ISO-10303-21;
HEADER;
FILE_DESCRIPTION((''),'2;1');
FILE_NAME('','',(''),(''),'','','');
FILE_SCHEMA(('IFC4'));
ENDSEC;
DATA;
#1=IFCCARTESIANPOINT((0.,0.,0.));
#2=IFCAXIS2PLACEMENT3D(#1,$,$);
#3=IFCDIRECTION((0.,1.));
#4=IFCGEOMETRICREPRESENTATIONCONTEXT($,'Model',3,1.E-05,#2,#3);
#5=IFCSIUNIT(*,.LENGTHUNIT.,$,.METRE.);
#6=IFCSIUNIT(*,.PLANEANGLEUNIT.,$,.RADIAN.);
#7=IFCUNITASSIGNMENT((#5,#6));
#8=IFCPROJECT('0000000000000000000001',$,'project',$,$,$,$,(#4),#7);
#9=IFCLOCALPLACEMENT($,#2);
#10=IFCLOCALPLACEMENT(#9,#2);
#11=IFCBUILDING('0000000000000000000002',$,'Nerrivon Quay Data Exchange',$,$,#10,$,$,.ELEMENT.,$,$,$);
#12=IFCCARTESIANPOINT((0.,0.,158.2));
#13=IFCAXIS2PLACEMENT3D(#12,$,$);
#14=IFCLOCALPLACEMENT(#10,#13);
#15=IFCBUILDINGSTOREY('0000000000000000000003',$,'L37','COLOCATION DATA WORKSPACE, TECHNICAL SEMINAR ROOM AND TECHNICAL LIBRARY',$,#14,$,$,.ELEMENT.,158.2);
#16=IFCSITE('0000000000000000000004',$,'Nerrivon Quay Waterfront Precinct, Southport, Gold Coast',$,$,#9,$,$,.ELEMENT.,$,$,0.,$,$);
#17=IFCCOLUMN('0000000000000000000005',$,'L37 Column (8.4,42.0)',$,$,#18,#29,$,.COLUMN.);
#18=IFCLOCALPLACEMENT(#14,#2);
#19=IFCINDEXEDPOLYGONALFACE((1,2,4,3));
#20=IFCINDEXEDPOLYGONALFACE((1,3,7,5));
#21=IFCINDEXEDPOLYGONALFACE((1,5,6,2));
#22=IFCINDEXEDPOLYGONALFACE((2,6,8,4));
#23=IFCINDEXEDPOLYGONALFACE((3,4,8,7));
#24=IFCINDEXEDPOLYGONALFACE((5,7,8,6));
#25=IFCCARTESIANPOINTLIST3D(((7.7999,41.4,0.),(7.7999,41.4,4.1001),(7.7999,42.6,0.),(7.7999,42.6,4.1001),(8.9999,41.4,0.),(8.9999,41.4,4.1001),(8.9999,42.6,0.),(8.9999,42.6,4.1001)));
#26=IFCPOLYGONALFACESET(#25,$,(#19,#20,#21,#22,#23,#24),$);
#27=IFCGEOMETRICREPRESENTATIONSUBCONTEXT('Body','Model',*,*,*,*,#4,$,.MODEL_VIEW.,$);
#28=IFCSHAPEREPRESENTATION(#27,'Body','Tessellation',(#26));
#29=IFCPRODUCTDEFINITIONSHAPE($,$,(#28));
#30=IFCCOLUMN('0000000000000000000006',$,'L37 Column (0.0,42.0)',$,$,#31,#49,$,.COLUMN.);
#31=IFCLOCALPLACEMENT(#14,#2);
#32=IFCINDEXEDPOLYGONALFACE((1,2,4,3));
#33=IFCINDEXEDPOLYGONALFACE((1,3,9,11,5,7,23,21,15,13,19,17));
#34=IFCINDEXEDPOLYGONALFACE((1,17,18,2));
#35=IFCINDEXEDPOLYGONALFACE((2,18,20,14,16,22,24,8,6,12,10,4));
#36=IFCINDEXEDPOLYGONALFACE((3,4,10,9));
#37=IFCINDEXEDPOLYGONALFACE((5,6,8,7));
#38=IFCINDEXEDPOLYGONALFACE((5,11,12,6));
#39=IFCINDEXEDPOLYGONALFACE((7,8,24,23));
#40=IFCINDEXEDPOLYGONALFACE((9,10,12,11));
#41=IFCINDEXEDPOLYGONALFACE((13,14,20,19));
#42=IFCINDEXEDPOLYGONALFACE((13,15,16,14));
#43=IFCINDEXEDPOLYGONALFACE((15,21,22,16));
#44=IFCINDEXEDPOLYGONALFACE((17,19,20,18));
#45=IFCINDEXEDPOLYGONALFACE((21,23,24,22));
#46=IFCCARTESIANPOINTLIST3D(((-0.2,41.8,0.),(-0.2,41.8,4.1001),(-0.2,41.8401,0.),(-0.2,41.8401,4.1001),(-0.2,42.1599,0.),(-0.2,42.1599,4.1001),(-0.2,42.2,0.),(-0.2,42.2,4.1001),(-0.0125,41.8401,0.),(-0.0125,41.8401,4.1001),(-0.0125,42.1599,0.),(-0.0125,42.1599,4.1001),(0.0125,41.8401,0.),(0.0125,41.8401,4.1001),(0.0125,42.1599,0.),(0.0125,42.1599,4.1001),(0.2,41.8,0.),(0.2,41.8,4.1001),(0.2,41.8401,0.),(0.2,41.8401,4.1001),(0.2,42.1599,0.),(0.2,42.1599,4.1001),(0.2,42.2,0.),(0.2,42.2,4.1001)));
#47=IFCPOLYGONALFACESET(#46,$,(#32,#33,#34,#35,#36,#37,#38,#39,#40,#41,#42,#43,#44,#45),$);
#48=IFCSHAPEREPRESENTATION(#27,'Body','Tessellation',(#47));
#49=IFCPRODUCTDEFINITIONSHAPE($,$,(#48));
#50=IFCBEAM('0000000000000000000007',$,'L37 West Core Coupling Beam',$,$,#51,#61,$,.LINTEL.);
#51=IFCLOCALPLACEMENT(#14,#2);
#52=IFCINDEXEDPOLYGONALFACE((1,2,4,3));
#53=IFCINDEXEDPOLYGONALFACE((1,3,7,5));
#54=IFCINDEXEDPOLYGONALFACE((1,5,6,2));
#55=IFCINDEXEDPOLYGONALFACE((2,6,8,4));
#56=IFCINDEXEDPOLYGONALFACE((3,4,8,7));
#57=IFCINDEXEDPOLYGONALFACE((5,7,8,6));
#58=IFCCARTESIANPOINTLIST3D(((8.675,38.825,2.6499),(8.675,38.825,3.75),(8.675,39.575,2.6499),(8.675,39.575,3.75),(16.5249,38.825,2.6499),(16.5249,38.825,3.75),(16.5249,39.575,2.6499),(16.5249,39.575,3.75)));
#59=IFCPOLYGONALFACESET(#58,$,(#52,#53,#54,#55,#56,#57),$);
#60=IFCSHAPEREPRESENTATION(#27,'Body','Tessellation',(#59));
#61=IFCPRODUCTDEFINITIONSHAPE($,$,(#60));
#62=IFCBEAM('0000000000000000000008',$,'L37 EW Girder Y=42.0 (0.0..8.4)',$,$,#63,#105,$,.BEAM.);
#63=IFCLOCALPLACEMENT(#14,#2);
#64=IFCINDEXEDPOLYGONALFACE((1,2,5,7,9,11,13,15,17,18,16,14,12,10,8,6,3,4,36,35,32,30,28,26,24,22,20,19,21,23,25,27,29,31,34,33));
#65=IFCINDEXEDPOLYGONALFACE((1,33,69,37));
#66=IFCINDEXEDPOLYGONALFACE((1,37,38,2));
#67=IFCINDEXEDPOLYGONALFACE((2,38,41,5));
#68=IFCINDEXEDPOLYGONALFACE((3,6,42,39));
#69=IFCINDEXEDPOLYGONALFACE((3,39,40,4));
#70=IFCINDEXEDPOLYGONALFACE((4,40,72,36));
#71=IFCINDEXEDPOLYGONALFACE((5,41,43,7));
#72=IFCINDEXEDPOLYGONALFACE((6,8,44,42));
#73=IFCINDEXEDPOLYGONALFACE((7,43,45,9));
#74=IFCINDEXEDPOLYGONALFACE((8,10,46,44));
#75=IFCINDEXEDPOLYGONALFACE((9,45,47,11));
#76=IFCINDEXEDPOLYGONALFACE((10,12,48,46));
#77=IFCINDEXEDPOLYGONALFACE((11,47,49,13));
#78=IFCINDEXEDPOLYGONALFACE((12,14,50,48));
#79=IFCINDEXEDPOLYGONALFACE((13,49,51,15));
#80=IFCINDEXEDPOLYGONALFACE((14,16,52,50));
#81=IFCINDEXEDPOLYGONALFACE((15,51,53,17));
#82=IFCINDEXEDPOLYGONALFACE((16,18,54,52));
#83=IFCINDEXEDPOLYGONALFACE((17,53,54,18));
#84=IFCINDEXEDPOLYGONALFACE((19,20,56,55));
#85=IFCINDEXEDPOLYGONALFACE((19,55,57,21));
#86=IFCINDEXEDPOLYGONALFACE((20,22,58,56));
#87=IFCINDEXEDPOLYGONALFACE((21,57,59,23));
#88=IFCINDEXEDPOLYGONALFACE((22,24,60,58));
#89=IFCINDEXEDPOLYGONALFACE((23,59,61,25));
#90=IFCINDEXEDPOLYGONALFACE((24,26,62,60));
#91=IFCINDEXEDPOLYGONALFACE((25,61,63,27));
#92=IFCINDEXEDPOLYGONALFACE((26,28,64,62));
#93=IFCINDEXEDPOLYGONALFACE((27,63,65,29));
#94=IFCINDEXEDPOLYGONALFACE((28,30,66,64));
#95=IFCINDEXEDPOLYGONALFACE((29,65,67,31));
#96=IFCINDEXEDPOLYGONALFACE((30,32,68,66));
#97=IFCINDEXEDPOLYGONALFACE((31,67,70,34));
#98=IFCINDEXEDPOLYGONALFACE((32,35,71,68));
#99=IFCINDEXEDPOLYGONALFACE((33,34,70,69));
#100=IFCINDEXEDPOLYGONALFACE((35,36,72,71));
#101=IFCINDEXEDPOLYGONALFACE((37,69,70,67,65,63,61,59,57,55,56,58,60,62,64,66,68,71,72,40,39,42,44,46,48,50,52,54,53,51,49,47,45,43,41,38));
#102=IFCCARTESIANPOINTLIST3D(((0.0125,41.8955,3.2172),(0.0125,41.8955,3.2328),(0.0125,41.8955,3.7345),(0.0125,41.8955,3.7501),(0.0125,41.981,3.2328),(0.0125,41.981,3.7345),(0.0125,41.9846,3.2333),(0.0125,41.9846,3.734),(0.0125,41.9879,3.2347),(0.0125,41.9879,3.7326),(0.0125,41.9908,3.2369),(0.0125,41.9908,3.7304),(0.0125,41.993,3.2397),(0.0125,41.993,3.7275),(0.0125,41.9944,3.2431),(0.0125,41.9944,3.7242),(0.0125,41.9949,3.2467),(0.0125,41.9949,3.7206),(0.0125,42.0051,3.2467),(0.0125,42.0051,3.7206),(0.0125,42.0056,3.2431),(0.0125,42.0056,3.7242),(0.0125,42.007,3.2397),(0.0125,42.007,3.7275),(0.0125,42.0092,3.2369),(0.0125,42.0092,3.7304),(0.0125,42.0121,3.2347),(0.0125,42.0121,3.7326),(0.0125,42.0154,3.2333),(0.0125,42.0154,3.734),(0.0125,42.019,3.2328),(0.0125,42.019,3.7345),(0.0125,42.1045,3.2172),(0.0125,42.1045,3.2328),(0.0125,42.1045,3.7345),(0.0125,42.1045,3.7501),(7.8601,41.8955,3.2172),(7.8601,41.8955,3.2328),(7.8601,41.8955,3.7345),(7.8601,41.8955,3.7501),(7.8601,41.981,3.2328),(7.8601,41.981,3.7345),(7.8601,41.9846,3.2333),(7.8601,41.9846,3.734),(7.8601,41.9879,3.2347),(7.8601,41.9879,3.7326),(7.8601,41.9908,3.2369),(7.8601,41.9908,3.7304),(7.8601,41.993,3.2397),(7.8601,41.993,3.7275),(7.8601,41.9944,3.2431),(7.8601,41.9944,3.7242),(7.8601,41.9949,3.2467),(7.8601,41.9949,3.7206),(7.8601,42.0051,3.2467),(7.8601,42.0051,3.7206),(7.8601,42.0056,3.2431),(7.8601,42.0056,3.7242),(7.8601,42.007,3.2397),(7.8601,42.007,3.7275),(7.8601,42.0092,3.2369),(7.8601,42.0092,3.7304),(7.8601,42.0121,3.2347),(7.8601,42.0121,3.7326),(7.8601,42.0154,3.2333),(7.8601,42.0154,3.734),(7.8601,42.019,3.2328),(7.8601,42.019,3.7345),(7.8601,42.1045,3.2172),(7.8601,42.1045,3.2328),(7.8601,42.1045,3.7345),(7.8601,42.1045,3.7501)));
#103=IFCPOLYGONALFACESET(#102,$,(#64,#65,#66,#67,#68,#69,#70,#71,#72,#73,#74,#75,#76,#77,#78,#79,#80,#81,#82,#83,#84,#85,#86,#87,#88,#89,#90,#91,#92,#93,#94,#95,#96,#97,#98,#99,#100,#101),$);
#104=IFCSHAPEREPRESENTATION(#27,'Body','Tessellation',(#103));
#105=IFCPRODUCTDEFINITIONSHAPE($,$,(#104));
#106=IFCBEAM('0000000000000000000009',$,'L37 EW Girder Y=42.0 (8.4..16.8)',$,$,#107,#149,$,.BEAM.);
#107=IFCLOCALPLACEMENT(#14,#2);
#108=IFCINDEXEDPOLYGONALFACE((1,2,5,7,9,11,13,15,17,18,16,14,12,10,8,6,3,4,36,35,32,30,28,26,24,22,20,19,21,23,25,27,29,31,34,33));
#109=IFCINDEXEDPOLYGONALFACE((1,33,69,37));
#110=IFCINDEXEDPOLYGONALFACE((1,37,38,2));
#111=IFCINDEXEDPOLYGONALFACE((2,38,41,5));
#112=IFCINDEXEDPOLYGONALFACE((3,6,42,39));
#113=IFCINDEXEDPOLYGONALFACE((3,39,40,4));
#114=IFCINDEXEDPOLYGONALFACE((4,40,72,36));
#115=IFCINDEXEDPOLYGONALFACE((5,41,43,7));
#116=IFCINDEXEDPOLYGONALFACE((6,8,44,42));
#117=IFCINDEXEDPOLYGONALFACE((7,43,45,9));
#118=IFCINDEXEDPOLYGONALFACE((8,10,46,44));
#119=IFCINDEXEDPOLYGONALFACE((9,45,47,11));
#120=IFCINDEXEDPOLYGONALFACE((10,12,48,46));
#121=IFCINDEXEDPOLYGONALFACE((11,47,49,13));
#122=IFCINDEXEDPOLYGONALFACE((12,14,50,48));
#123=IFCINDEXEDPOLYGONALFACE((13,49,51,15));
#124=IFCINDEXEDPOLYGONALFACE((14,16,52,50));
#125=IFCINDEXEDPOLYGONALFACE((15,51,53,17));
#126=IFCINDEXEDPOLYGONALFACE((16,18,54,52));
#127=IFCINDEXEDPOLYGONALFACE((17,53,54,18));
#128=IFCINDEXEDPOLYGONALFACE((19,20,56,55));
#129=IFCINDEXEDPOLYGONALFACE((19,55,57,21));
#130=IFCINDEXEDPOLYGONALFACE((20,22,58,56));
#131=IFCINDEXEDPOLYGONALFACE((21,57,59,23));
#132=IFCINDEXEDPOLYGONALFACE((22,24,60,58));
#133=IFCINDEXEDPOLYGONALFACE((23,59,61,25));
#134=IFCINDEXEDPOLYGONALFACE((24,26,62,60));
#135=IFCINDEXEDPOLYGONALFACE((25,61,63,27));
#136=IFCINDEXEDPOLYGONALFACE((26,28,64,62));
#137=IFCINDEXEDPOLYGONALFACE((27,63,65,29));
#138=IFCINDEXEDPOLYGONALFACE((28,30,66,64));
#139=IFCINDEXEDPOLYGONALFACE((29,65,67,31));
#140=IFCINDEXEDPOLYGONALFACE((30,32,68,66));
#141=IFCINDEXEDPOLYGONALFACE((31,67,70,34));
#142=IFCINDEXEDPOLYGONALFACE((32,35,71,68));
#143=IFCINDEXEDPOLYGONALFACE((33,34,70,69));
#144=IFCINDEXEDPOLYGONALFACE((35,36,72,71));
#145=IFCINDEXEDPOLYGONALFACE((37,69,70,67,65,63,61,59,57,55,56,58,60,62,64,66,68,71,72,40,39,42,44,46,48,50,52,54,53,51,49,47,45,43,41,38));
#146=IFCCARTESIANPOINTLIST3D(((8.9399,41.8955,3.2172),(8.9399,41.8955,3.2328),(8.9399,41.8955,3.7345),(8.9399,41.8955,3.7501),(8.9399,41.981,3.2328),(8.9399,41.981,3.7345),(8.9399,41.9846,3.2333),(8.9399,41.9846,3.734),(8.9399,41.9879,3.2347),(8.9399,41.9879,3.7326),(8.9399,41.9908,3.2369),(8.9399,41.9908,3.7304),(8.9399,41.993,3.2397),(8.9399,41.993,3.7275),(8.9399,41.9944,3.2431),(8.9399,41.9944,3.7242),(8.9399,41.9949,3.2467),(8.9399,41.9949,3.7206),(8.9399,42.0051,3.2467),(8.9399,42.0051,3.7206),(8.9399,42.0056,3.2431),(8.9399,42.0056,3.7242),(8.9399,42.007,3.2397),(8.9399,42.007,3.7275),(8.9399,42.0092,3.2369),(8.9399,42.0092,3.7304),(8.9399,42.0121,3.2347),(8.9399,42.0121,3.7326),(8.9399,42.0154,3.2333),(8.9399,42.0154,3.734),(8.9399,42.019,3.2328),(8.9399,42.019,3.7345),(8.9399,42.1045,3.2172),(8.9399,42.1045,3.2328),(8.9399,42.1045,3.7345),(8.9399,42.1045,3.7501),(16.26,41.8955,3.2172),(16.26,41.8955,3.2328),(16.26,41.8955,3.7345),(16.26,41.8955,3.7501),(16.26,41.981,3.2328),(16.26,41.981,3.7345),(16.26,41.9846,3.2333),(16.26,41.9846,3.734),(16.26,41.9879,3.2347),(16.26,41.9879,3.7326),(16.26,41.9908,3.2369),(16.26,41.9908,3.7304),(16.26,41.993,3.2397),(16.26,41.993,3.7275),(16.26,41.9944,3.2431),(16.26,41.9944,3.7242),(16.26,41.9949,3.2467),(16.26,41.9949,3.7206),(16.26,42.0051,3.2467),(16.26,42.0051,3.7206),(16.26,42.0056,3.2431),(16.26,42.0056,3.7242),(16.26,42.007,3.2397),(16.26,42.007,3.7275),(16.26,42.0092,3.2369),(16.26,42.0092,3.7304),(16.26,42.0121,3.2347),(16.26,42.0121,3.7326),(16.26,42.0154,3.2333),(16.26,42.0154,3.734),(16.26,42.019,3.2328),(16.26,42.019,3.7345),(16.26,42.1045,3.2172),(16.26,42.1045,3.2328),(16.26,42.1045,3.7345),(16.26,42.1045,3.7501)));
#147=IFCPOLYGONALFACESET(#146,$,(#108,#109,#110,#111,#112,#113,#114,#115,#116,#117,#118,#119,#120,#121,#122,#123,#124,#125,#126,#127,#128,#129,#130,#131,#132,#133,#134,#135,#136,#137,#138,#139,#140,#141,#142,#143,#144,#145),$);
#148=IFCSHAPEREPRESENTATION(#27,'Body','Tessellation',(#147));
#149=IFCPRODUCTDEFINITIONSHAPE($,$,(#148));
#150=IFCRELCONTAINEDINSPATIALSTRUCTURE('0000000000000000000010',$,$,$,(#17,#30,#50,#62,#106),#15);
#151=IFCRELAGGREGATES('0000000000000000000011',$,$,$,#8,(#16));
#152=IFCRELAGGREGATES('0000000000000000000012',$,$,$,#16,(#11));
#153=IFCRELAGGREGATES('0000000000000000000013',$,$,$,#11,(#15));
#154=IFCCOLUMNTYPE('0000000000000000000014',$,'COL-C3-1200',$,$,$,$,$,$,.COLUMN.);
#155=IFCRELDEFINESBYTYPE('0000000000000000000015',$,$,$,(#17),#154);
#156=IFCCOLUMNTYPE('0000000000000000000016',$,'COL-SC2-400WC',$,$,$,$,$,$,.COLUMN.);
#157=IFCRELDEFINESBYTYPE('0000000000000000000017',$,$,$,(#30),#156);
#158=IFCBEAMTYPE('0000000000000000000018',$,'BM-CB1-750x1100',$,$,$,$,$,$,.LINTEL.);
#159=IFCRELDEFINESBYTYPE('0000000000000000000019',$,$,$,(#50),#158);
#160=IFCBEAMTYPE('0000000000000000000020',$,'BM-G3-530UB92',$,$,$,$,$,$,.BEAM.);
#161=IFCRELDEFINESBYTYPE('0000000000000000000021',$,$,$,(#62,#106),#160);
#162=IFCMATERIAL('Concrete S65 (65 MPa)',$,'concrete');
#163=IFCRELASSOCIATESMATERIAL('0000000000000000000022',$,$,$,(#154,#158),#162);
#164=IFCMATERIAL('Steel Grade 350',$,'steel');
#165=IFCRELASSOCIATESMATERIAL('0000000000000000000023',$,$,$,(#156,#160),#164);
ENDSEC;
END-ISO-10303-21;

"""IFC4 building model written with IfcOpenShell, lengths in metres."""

from ifc_helpers import new_model, si_unit, direction, frame, origin, origin_2d, place, context, subcontext, project, spatial, rectangle, i_section, extrude, material, material_profile, profile_set, type_object, element, save


model = new_model("IFC4")

# Units and contexts
model_context = context("Model", 3, precision=1e-05, world=origin(), true_north=direction((0.0, 1.0)))
body_context = subcontext(model_context, "Body", "Model", "MODEL_VIEW")
ifc_project = project(units=[si_unit("LENGTHUNIT", "METRE"), si_unit("PLANEANGLEUNIT", "RADIAN")], contexts=[model_context])

# Site, building, storey
site_placement = place(None, origin())
site = spatial("IfcSite", under=ifc_project, at=site_placement, Name="Nerrivon Quay Waterfront Precinct, Southport, Gold Coast", CompositionType="ELEMENT", RefElevation=0.0)
building_placement = place(site_placement, origin())
building = spatial("IfcBuilding", under=site, at=building_placement, Name="Nerrivon Quay Data Exchange", CompositionType="ELEMENT")
storey_placement = place(building_placement, frame((0.0, 0.0, 158.2)))
storey = spatial("IfcBuildingStorey", under=building, at=storey_placement, Name="L37", Description="COLOCATION DATA WORKSPACE, TECHNICAL SEMINAR ROOM AND TECHNICAL LIBRARY", CompositionType="ELEMENT", Elevation=158.2)

# Columns
ifc_material_1 = material(Name="Concrete S65 (65 MPa)", Category="concrete")
ifc_material_profile_1 = material_profile(ifc_material_1, rectangle(XDim=1.2, YDim=1.2, at=origin_2d()), Name="RC-COL-1200x1200")
ifc_profile_set_1 = profile_set([ifc_material_profile_1], Name="Concrete S65 (65 MPa)")
column_type_1 = type_object("IfcColumnType", Name="COL-C3-1200", PredefinedType="COLUMN", material=ifc_profile_set_1)
column_1_placement = place(storey_placement, frame((8.3999, 42.0, 0.0), z_axis=(0.0, 0.0, 1.0), x_axis=(1.0, 0.0, 0.0)))
element("IfcColumn", 1, at=column_1_placement, inside=storey, type_object=column_type_1, Name="L37 Column (8.4,42.0)", PredefinedType="COLUMN", context=body_context, shape_type="SweptSolid", body=[
    extrude(rectangle(XDim=1.2, YDim=1.2, at=origin_2d()), origin(), (0.0, 0.0, 1.0), 4.1001),
])
ifc_material_2 = material(Name="Steel Grade 350", Category="steel")
ifc_material_profile_2 = material_profile(ifc_material_2, i_section(OverallWidth=0.3999, OverallDepth=0.3999, WebThickness=0.0249, FlangeThickness=0.04, at=origin_2d()), Name="400WC328")
ifc_profile_set_2 = profile_set([ifc_material_profile_2], Name="Steel Grade 350")
column_type_2 = type_object("IfcColumnType", Name="COL-SC2-400WC", PredefinedType="COLUMN", material=ifc_profile_set_2)
column_2_placement = place(storey_placement, frame((0.0, 42.0, 0.0), z_axis=(0.0, 0.0, 1.0), x_axis=(1.0, 0.0, 0.0)))
element("IfcColumn", 2, at=column_2_placement, inside=storey, type_object=column_type_2, Name="L37 Column (0.0,42.0)", PredefinedType="COLUMN", context=body_context, shape_type="SweptSolid", body=[
    extrude(i_section(OverallWidth=0.3999, OverallDepth=0.3999, WebThickness=0.0249, FlangeThickness=0.04, at=origin_2d()), origin(), (0.0, 0.0, 1.0), 4.1001),
])

# Beams
ifc_material_profile_3 = material_profile(ifc_material_1, rectangle(XDim=0.75, YDim=1.1001, at=origin_2d()), Name="RC-CB-750x1100")
ifc_profile_set_3 = profile_set([ifc_material_profile_3], Name="Concrete S65 (65 MPa)")
beam_type_1 = type_object("IfcBeamType", Name="BM-CB1-750x1100", PredefinedType="LINTEL", material=ifc_profile_set_3)
beam_1_placement = place(storey_placement, frame((8.675, 39.2, 3.2), z_axis=(1.0, 0.0, 0.0), x_axis=(0.0, 1.0, 0.0)))
element("IfcBeam", 3, at=beam_1_placement, inside=storey, type_object=beam_type_1, Name="L37 West Core Coupling Beam", PredefinedType="LINTEL", context=body_context, shape_type="SweptSolid", body=[
    extrude(rectangle(XDim=0.75, YDim=1.1001, at=origin_2d()), origin(), (0.0, 0.0, 1.0), 7.8499),
])
ifc_material_profile_4 = material_profile(ifc_material_2, i_section(OverallWidth=0.209, OverallDepth=0.533, WebThickness=0.0103, FlangeThickness=0.0156, FilletRadius=0.0139, at=origin_2d()), Name="530UB92.4")
ifc_profile_set_4 = profile_set([ifc_material_profile_4], Name="Steel Grade 350")
beam_type_2 = type_object("IfcBeamType", Name="BM-G3-530UB92", PredefinedType="BEAM", material=ifc_profile_set_4)
beam_2_placement = place(storey_placement, frame((0.0125, 42.0, 3.4836), z_axis=(1.0, 0.0, 0.0), x_axis=(0.0, 1.0, 0.0)))
element("IfcBeam", 4, at=beam_2_placement, inside=storey, type_object=beam_type_2, Name="L37 EW Girder Y=42.0 (0.0..8.4)", PredefinedType="BEAM", context=body_context, shape_type="SweptSolid", body=[
    extrude(i_section(OverallWidth=0.209, OverallDepth=0.533, WebThickness=0.0103, FlangeThickness=0.0156, FilletRadius=0.0139, at=origin_2d()), origin(), (0.0, 0.0, 1.0), 7.8477),
])
beam_3_placement = place(storey_placement, frame((8.9399, 42.0, 3.4836), z_axis=(1.0, 0.0, 0.0), x_axis=(0.0, 1.0, 0.0)))
element("IfcBeam", 5, at=beam_3_placement, inside=storey, type_object=beam_type_2, Name="L37 EW Girder Y=42.0 (8.4..16.8)", PredefinedType="BEAM", context=body_context, shape_type="SweptSolid", body=[
    extrude(i_section(OverallWidth=0.209, OverallDepth=0.533, WebThickness=0.0103, FlangeThickness=0.0156, FilletRadius=0.0139, at=origin_2d()), origin(), (0.0, 0.0, 1.0), 7.3201),
])

save(model, "model.ifc")
